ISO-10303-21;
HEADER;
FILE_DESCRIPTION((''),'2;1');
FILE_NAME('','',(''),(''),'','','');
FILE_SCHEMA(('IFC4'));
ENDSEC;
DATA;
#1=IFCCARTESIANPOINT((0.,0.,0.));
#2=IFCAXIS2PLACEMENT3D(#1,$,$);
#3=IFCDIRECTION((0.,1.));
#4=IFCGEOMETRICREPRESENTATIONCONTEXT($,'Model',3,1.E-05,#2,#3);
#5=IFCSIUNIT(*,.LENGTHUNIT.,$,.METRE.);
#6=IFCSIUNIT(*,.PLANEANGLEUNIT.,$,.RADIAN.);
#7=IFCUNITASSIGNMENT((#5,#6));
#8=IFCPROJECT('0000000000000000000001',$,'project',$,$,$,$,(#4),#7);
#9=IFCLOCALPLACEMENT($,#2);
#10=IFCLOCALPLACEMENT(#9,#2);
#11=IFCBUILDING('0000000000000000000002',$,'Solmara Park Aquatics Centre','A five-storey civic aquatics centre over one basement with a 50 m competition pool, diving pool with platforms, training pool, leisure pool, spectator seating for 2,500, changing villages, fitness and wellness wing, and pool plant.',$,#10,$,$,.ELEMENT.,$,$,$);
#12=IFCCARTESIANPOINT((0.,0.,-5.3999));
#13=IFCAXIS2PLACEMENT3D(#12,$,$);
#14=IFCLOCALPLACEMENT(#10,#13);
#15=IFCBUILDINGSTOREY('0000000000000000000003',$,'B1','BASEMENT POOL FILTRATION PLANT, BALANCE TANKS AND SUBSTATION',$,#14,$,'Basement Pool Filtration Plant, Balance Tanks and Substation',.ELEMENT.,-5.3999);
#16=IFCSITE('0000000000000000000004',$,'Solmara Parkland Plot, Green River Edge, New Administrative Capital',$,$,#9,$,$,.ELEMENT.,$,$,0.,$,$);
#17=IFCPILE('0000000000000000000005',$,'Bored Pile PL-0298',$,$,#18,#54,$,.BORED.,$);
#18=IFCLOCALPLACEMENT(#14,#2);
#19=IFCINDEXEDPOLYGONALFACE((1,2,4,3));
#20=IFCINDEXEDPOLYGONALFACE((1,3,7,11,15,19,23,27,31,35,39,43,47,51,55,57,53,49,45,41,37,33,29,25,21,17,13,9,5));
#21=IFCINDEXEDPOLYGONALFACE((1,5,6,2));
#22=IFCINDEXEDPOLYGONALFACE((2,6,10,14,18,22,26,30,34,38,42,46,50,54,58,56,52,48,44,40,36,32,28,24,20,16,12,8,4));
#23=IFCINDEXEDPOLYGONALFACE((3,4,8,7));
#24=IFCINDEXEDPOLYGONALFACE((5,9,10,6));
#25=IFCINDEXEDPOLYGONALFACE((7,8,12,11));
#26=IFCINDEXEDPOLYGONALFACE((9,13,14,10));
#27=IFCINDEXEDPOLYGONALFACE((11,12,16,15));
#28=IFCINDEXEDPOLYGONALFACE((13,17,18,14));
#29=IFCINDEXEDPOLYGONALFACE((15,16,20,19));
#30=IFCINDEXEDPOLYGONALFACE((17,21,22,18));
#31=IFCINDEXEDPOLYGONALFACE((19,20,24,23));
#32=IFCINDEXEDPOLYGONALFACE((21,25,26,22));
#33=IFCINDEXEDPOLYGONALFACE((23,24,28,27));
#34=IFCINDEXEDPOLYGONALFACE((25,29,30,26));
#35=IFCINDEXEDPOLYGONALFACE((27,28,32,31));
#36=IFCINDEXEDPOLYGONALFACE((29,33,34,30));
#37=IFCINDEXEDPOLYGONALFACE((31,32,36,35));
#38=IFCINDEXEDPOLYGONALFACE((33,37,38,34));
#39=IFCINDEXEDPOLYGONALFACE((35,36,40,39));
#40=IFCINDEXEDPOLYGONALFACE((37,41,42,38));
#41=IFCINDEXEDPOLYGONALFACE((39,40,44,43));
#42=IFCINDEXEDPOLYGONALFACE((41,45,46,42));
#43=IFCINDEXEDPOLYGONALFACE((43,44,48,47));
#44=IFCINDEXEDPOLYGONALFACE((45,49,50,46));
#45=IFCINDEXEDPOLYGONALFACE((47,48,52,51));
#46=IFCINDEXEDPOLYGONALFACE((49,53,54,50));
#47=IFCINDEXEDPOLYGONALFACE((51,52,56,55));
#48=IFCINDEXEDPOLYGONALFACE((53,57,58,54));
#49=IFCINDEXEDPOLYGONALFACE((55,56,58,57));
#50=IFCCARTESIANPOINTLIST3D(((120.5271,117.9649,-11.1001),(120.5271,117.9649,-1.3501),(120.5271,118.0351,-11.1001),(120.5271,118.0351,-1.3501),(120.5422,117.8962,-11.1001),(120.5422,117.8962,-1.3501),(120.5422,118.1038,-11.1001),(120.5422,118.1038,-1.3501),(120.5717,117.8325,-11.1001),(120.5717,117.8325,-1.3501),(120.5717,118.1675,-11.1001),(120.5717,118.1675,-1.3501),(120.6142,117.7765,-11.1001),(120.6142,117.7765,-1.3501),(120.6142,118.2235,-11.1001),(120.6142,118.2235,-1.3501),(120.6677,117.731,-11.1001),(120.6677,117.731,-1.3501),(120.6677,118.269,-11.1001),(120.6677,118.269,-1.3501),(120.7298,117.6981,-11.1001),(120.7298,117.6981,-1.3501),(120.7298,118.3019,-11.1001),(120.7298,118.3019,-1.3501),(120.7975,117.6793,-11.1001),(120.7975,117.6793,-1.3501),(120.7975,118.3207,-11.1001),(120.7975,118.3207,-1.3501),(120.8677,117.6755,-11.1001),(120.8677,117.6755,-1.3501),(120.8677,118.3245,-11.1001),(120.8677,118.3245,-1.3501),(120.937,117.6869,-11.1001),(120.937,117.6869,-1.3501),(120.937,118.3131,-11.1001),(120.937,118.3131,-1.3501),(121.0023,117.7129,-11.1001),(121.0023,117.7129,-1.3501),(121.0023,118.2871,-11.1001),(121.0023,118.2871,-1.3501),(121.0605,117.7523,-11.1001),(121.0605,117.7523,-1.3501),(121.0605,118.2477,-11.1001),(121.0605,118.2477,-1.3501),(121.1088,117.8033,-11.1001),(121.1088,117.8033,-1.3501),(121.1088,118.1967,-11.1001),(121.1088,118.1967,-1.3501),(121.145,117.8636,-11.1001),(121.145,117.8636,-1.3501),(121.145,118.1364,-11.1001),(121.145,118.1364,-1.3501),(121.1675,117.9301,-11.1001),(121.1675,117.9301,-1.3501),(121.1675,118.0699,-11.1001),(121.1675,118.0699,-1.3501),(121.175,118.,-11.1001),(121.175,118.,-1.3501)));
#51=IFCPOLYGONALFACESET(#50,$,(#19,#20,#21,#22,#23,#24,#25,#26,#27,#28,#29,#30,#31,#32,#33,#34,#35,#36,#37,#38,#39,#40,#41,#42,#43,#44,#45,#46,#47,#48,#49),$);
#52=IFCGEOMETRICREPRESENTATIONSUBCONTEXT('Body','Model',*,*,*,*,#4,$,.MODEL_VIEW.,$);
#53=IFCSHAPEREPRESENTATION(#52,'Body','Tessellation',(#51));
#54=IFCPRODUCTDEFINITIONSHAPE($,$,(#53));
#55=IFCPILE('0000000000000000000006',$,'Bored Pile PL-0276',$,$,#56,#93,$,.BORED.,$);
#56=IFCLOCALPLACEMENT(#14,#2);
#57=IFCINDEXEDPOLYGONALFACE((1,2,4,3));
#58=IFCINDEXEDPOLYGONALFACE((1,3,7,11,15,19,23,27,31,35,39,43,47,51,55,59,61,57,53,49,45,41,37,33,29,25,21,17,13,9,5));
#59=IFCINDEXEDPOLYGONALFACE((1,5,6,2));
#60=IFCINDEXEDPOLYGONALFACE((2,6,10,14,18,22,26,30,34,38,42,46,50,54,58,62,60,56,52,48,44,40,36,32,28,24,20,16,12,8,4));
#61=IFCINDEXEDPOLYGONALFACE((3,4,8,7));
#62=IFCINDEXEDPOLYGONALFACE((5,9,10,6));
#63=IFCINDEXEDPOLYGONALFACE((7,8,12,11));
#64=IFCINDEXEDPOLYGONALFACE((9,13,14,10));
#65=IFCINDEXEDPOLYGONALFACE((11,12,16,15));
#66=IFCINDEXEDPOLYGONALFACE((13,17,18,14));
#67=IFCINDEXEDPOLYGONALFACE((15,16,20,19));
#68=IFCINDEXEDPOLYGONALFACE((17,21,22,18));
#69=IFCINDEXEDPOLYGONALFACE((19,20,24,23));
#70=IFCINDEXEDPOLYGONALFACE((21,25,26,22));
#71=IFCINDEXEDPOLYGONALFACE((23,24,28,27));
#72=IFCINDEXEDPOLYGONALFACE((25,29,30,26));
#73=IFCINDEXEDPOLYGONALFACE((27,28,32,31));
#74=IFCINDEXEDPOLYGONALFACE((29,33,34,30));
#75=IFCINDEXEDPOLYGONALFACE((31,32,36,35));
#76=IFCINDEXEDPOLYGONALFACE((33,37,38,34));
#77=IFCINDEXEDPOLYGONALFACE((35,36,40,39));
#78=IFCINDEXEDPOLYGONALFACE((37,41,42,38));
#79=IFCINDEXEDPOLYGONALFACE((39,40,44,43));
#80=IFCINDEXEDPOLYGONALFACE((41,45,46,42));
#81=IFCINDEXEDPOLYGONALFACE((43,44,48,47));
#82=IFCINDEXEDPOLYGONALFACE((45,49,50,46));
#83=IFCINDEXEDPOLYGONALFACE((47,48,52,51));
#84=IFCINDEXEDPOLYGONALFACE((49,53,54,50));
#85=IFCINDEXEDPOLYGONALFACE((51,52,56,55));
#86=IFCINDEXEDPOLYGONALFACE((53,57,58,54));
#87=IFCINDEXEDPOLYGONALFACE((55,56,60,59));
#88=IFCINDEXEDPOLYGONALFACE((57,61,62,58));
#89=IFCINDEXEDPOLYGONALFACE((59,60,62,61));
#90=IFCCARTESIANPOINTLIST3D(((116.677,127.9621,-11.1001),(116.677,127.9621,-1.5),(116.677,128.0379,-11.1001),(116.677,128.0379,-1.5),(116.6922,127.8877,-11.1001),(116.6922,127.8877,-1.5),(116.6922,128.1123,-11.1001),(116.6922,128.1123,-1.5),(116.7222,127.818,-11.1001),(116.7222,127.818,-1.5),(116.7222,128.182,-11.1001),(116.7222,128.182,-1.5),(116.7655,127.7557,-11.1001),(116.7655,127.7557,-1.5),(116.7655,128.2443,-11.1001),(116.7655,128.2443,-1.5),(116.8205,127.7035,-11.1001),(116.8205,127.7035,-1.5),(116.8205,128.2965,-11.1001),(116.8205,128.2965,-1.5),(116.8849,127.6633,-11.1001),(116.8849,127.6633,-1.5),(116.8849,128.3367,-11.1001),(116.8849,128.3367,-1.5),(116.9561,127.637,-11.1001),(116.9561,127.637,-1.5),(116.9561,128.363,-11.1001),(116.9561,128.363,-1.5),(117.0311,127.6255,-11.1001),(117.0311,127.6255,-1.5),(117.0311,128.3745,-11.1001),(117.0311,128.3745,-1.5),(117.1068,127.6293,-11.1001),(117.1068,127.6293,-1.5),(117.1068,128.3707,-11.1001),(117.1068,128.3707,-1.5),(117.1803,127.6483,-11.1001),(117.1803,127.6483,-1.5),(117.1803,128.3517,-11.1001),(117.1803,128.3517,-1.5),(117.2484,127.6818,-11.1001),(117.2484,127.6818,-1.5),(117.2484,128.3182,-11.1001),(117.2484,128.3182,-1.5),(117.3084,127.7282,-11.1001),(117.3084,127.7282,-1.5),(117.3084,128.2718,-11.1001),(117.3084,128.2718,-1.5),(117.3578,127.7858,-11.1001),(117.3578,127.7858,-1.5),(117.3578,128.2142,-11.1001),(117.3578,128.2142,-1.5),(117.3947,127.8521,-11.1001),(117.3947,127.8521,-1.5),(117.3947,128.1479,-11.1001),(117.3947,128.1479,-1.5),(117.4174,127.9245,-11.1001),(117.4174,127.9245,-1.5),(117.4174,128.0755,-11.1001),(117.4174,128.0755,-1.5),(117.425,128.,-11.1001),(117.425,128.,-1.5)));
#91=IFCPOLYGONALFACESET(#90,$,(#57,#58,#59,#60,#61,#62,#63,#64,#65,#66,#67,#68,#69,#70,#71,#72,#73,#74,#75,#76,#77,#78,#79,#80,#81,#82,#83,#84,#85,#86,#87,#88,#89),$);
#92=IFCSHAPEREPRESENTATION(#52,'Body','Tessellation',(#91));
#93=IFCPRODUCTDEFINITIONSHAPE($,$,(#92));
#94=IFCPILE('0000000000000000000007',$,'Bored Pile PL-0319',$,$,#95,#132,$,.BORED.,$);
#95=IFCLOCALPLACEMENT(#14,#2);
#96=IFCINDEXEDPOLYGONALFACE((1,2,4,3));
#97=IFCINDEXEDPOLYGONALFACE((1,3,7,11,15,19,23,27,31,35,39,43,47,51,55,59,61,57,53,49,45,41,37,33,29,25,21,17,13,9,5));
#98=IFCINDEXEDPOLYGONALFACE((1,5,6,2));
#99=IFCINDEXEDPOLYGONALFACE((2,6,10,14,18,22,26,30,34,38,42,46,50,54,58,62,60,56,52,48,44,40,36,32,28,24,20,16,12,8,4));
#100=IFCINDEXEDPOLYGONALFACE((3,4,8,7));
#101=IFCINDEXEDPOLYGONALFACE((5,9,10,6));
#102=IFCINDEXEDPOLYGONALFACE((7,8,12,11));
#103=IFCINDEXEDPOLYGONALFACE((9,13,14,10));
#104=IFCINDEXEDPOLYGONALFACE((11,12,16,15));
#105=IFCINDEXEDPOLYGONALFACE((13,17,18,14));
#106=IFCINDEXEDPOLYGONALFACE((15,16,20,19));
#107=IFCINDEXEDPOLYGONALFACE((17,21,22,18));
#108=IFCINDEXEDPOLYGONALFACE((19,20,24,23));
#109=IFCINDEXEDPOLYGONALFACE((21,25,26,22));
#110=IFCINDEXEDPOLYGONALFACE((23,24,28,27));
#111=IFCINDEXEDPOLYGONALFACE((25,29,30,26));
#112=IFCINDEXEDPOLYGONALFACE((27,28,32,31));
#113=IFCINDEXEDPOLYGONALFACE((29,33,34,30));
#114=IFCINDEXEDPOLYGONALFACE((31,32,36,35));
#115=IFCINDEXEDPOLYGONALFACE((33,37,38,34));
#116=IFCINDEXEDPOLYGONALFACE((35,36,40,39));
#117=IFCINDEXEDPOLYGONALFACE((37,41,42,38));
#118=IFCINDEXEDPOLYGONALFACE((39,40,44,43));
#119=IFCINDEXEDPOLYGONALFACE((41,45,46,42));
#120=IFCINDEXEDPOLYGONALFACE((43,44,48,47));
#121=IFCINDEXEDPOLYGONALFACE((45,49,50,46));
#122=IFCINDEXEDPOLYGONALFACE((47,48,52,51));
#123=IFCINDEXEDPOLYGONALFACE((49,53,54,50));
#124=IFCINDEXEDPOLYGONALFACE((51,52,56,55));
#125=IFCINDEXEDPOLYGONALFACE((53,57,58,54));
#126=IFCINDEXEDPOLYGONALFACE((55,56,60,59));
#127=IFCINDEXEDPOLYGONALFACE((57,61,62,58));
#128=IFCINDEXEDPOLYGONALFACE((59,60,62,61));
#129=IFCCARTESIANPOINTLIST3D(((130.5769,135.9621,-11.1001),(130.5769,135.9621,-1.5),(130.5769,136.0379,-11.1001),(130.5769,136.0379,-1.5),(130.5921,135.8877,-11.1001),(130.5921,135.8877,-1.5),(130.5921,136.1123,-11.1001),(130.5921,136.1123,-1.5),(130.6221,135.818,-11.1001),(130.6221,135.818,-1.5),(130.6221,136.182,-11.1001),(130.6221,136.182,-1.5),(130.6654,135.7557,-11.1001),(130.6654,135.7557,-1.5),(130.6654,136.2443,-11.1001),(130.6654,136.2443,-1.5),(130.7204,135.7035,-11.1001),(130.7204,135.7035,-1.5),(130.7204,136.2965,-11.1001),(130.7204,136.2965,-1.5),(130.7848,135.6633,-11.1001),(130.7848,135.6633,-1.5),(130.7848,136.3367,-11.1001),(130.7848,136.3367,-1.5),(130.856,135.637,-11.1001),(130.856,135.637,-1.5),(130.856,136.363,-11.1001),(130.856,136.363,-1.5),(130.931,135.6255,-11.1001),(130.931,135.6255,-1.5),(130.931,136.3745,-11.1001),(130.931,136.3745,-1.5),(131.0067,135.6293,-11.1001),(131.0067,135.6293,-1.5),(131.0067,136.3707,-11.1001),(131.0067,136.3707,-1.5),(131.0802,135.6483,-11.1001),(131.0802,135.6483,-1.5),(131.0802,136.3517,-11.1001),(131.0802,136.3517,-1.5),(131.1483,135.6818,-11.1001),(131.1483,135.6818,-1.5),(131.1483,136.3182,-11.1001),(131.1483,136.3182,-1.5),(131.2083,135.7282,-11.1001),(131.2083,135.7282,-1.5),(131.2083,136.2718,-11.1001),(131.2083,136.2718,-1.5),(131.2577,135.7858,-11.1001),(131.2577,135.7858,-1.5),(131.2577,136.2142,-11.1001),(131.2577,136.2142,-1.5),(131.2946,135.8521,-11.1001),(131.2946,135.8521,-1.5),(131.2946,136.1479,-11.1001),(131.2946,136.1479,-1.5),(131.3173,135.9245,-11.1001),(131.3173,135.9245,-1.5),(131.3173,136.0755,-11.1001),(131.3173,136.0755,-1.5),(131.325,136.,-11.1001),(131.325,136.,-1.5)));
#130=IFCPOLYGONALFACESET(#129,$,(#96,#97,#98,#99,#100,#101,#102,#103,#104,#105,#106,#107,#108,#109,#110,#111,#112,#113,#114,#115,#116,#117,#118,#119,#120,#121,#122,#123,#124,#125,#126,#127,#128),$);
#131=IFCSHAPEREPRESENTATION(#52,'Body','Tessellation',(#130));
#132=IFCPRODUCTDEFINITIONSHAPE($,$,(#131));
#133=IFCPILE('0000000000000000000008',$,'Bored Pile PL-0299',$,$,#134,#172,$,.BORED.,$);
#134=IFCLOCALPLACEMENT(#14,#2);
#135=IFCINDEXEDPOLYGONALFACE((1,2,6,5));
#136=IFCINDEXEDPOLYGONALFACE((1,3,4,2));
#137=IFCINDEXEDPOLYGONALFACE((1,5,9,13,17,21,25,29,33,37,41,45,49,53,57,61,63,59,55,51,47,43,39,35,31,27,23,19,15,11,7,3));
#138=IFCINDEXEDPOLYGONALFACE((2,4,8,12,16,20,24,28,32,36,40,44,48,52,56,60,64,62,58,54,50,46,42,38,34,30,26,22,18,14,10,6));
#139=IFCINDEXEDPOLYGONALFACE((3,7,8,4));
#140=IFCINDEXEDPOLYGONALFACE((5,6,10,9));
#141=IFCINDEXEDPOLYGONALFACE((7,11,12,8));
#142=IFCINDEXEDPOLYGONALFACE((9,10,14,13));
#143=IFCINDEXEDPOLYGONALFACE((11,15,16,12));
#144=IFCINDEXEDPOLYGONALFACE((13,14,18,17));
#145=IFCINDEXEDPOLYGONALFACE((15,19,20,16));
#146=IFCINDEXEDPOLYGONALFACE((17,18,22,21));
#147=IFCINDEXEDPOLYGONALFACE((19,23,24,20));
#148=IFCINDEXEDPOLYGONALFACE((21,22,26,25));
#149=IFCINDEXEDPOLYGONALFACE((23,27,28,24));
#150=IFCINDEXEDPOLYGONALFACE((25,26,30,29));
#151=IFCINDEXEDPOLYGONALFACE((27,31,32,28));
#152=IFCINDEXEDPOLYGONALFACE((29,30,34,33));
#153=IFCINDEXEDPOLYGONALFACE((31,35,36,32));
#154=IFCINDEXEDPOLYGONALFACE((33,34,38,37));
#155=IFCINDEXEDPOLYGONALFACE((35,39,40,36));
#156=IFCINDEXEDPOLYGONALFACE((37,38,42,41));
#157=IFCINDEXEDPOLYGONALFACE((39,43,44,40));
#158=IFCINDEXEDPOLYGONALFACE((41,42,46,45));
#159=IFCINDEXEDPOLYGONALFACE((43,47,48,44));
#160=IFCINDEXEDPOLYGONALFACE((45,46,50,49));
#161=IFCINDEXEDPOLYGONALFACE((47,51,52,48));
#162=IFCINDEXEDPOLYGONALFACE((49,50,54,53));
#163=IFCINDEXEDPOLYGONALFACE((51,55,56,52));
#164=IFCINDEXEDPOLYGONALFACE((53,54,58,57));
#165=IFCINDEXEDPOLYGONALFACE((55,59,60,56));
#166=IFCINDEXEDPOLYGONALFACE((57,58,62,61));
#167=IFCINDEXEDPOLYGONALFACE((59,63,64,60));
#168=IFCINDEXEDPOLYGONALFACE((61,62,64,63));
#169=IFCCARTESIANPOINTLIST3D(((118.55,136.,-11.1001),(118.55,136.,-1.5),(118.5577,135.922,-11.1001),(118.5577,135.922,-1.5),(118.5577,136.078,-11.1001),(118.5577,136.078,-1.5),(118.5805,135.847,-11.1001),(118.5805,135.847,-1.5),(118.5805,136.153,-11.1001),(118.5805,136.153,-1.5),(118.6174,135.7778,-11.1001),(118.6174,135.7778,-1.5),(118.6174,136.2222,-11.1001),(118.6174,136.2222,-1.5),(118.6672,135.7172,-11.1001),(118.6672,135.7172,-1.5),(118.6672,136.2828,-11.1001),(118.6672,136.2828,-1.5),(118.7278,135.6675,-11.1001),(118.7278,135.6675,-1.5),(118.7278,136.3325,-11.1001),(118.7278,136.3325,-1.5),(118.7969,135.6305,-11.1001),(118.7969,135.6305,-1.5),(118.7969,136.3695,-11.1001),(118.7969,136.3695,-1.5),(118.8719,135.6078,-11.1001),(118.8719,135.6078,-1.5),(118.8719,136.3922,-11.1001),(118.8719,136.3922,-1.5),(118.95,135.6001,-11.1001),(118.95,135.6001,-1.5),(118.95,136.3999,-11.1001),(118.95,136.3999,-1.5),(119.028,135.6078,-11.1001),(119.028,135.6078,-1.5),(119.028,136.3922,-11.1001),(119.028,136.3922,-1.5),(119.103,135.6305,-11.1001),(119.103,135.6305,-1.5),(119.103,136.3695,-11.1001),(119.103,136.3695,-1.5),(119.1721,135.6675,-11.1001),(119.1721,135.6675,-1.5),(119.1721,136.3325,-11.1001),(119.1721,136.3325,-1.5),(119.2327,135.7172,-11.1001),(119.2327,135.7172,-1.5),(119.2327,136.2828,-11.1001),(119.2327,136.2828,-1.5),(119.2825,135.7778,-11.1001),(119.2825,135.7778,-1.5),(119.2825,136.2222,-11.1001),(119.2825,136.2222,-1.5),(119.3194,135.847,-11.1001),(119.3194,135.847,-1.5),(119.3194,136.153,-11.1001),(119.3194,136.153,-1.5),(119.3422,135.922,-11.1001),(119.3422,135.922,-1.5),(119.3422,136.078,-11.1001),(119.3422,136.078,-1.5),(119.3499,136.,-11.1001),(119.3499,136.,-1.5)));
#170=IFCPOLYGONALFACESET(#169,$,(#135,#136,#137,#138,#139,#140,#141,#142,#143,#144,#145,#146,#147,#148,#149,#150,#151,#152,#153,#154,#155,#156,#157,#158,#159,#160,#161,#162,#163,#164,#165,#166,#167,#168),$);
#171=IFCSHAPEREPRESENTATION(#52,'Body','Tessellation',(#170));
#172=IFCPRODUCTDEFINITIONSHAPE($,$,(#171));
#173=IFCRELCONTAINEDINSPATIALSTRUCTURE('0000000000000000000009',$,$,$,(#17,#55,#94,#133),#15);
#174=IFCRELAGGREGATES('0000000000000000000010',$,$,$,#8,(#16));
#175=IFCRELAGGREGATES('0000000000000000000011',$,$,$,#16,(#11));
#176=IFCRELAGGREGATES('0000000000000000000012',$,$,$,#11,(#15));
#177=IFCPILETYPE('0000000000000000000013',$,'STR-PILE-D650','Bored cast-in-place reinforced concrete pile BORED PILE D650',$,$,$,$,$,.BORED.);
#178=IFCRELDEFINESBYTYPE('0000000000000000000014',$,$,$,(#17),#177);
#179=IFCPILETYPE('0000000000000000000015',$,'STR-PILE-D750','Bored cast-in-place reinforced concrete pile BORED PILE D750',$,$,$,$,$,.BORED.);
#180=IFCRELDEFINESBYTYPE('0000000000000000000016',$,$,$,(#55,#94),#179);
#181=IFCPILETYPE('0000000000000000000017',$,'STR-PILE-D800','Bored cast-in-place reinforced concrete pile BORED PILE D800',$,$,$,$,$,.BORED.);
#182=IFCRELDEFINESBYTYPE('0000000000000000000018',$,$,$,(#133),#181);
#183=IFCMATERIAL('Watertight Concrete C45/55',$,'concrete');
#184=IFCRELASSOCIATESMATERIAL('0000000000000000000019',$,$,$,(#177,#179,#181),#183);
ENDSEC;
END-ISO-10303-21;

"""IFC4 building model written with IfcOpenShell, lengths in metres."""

from ifc_helpers import new_model, si_unit, direction, frame, origin, origin_2d, place, context, subcontext, project, spatial, circle, extrude, material, material_profile, profile_set, type_object, element, save


model = new_model("IFC4")

# Units and contexts
model_context = context("Model", 3, precision=1e-05, world=origin(), true_north=direction((0.0, 1.0)))
body_context = subcontext(model_context, "Body", "Model", "MODEL_VIEW")
ifc_project = project(units=[si_unit("LENGTHUNIT", "METRE"), si_unit("PLANEANGLEUNIT", "RADIAN")], contexts=[model_context])

# Site, building, storey
site_placement = place(None, origin())
site = spatial("IfcSite", under=ifc_project, at=site_placement, Name="Solmara Parkland Plot, Green River Edge, New Administrative Capital", CompositionType="ELEMENT", RefElevation=0.0)
building_placement = place(site_placement, origin())
building = spatial("IfcBuilding", under=site, at=building_placement, Name="Solmara Park Aquatics Centre", Description="A five-storey civic aquatics centre over one basement with a 50 m competition pool, diving pool with platforms, training pool, leisure pool, spectator seating for 2,500, changing villages, fitness and wellness wing, and pool plant.", CompositionType="ELEMENT")
storey_placement = place(building_placement, frame((0.0, 0.0, -5.3999)))
storey = spatial("IfcBuildingStorey", under=building, at=storey_placement, Name="B1", Description="BASEMENT POOL FILTRATION PLANT, BALANCE TANKS AND SUBSTATION", LongName="Basement Pool Filtration Plant, Balance Tanks and Substation", CompositionType="ELEMENT", Elevation=-5.3999)

# Shared definitions
ifc_material_1 = material(Name="Watertight Concrete C45/55", Category="concrete")

# Piles
ifc_material_profile_1 = material_profile(ifc_material_1, circle(Radius=0.325, at=origin_2d()), Name="BORED PILE D650")
ifc_profile_set_1 = profile_set([ifc_material_profile_1], Name="Watertight Concrete C45/55")
pile_type_1 = type_object("IfcPileType", Name="STR-PILE-D650", Description="Bored cast-in-place reinforced concrete pile BORED PILE D650", PredefinedType="BORED", material=ifc_profile_set_1)
for number, where, z_axis, x_axis, name in (
    (1, (120.8501, 118.0, -1.3501), (0.0, 0.0, -1.0), (1.0, 0.0, 0.0), "Bored Pile PL-0298"),
):
    element("IfcPile", number, at=place(storey_placement, frame(where, z_axis=z_axis, x_axis=x_axis)), inside=storey, type_object=pile_type_1, Name=name, PredefinedType="BORED", context=body_context, shape_type="SweptSolid", body=[
        extrude(circle(Radius=0.325, at=origin_2d()), origin(), (0.0, 0.0, 1.0), 9.75),
    ])
ifc_material_profile_2 = material_profile(ifc_material_1, circle(Radius=0.375, at=origin_2d()), Name="BORED PILE D750")
ifc_profile_set_2 = profile_set([ifc_material_profile_2], Name="Watertight Concrete C45/55")
pile_type_2 = type_object("IfcPileType", Name="STR-PILE-D750", Description="Bored cast-in-place reinforced concrete pile BORED PILE D750", PredefinedType="BORED", material=ifc_profile_set_2)
for number, where, z_axis, x_axis, name in (
    (2, (117.05, 128.0, -1.5), (0.0, 0.0, -1.0), (1.0, 0.0, 0.0), "Bored Pile PL-0276"),
    (3, (130.95, 136.0, -1.5), (0.0, 0.0, -1.0), (1.0, 0.0, 0.0), "Bored Pile PL-0319"),
):
    element("IfcPile", number, at=place(storey_placement, frame(where, z_axis=z_axis, x_axis=x_axis)), inside=storey, type_object=pile_type_2, Name=name, PredefinedType="BORED", context=body_context, shape_type="SweptSolid", body=[
        extrude(circle(Radius=0.375, at=origin_2d()), origin(), (0.0, 0.0, 1.0), 9.6001),
    ])
ifc_material_profile_3 = material_profile(ifc_material_1, circle(Radius=0.3999, at=origin_2d()), Name="BORED PILE D800")
ifc_profile_set_3 = profile_set([ifc_material_profile_3], Name="Watertight Concrete C45/55")
pile_type_3 = type_object("IfcPileType", Name="STR-PILE-D800", Description="Bored cast-in-place reinforced concrete pile BORED PILE D800", PredefinedType="BORED", material=ifc_profile_set_3)
for number, where, z_axis, x_axis, name in (
    (4, (118.95, 136.0, -1.5), (0.0, 0.0, -1.0), (1.0, 0.0, 0.0), "Bored Pile PL-0299"),
):
    element("IfcPile", number, at=place(storey_placement, frame(where, z_axis=z_axis, x_axis=x_axis)), inside=storey, type_object=pile_type_3, Name=name, PredefinedType="BORED", context=body_context, shape_type="SweptSolid", body=[
        extrude(circle(Radius=0.3999, at=origin_2d()), origin(), (0.0, 0.0, 1.0), 9.6001),
    ])

save(model, "model.ifc")
